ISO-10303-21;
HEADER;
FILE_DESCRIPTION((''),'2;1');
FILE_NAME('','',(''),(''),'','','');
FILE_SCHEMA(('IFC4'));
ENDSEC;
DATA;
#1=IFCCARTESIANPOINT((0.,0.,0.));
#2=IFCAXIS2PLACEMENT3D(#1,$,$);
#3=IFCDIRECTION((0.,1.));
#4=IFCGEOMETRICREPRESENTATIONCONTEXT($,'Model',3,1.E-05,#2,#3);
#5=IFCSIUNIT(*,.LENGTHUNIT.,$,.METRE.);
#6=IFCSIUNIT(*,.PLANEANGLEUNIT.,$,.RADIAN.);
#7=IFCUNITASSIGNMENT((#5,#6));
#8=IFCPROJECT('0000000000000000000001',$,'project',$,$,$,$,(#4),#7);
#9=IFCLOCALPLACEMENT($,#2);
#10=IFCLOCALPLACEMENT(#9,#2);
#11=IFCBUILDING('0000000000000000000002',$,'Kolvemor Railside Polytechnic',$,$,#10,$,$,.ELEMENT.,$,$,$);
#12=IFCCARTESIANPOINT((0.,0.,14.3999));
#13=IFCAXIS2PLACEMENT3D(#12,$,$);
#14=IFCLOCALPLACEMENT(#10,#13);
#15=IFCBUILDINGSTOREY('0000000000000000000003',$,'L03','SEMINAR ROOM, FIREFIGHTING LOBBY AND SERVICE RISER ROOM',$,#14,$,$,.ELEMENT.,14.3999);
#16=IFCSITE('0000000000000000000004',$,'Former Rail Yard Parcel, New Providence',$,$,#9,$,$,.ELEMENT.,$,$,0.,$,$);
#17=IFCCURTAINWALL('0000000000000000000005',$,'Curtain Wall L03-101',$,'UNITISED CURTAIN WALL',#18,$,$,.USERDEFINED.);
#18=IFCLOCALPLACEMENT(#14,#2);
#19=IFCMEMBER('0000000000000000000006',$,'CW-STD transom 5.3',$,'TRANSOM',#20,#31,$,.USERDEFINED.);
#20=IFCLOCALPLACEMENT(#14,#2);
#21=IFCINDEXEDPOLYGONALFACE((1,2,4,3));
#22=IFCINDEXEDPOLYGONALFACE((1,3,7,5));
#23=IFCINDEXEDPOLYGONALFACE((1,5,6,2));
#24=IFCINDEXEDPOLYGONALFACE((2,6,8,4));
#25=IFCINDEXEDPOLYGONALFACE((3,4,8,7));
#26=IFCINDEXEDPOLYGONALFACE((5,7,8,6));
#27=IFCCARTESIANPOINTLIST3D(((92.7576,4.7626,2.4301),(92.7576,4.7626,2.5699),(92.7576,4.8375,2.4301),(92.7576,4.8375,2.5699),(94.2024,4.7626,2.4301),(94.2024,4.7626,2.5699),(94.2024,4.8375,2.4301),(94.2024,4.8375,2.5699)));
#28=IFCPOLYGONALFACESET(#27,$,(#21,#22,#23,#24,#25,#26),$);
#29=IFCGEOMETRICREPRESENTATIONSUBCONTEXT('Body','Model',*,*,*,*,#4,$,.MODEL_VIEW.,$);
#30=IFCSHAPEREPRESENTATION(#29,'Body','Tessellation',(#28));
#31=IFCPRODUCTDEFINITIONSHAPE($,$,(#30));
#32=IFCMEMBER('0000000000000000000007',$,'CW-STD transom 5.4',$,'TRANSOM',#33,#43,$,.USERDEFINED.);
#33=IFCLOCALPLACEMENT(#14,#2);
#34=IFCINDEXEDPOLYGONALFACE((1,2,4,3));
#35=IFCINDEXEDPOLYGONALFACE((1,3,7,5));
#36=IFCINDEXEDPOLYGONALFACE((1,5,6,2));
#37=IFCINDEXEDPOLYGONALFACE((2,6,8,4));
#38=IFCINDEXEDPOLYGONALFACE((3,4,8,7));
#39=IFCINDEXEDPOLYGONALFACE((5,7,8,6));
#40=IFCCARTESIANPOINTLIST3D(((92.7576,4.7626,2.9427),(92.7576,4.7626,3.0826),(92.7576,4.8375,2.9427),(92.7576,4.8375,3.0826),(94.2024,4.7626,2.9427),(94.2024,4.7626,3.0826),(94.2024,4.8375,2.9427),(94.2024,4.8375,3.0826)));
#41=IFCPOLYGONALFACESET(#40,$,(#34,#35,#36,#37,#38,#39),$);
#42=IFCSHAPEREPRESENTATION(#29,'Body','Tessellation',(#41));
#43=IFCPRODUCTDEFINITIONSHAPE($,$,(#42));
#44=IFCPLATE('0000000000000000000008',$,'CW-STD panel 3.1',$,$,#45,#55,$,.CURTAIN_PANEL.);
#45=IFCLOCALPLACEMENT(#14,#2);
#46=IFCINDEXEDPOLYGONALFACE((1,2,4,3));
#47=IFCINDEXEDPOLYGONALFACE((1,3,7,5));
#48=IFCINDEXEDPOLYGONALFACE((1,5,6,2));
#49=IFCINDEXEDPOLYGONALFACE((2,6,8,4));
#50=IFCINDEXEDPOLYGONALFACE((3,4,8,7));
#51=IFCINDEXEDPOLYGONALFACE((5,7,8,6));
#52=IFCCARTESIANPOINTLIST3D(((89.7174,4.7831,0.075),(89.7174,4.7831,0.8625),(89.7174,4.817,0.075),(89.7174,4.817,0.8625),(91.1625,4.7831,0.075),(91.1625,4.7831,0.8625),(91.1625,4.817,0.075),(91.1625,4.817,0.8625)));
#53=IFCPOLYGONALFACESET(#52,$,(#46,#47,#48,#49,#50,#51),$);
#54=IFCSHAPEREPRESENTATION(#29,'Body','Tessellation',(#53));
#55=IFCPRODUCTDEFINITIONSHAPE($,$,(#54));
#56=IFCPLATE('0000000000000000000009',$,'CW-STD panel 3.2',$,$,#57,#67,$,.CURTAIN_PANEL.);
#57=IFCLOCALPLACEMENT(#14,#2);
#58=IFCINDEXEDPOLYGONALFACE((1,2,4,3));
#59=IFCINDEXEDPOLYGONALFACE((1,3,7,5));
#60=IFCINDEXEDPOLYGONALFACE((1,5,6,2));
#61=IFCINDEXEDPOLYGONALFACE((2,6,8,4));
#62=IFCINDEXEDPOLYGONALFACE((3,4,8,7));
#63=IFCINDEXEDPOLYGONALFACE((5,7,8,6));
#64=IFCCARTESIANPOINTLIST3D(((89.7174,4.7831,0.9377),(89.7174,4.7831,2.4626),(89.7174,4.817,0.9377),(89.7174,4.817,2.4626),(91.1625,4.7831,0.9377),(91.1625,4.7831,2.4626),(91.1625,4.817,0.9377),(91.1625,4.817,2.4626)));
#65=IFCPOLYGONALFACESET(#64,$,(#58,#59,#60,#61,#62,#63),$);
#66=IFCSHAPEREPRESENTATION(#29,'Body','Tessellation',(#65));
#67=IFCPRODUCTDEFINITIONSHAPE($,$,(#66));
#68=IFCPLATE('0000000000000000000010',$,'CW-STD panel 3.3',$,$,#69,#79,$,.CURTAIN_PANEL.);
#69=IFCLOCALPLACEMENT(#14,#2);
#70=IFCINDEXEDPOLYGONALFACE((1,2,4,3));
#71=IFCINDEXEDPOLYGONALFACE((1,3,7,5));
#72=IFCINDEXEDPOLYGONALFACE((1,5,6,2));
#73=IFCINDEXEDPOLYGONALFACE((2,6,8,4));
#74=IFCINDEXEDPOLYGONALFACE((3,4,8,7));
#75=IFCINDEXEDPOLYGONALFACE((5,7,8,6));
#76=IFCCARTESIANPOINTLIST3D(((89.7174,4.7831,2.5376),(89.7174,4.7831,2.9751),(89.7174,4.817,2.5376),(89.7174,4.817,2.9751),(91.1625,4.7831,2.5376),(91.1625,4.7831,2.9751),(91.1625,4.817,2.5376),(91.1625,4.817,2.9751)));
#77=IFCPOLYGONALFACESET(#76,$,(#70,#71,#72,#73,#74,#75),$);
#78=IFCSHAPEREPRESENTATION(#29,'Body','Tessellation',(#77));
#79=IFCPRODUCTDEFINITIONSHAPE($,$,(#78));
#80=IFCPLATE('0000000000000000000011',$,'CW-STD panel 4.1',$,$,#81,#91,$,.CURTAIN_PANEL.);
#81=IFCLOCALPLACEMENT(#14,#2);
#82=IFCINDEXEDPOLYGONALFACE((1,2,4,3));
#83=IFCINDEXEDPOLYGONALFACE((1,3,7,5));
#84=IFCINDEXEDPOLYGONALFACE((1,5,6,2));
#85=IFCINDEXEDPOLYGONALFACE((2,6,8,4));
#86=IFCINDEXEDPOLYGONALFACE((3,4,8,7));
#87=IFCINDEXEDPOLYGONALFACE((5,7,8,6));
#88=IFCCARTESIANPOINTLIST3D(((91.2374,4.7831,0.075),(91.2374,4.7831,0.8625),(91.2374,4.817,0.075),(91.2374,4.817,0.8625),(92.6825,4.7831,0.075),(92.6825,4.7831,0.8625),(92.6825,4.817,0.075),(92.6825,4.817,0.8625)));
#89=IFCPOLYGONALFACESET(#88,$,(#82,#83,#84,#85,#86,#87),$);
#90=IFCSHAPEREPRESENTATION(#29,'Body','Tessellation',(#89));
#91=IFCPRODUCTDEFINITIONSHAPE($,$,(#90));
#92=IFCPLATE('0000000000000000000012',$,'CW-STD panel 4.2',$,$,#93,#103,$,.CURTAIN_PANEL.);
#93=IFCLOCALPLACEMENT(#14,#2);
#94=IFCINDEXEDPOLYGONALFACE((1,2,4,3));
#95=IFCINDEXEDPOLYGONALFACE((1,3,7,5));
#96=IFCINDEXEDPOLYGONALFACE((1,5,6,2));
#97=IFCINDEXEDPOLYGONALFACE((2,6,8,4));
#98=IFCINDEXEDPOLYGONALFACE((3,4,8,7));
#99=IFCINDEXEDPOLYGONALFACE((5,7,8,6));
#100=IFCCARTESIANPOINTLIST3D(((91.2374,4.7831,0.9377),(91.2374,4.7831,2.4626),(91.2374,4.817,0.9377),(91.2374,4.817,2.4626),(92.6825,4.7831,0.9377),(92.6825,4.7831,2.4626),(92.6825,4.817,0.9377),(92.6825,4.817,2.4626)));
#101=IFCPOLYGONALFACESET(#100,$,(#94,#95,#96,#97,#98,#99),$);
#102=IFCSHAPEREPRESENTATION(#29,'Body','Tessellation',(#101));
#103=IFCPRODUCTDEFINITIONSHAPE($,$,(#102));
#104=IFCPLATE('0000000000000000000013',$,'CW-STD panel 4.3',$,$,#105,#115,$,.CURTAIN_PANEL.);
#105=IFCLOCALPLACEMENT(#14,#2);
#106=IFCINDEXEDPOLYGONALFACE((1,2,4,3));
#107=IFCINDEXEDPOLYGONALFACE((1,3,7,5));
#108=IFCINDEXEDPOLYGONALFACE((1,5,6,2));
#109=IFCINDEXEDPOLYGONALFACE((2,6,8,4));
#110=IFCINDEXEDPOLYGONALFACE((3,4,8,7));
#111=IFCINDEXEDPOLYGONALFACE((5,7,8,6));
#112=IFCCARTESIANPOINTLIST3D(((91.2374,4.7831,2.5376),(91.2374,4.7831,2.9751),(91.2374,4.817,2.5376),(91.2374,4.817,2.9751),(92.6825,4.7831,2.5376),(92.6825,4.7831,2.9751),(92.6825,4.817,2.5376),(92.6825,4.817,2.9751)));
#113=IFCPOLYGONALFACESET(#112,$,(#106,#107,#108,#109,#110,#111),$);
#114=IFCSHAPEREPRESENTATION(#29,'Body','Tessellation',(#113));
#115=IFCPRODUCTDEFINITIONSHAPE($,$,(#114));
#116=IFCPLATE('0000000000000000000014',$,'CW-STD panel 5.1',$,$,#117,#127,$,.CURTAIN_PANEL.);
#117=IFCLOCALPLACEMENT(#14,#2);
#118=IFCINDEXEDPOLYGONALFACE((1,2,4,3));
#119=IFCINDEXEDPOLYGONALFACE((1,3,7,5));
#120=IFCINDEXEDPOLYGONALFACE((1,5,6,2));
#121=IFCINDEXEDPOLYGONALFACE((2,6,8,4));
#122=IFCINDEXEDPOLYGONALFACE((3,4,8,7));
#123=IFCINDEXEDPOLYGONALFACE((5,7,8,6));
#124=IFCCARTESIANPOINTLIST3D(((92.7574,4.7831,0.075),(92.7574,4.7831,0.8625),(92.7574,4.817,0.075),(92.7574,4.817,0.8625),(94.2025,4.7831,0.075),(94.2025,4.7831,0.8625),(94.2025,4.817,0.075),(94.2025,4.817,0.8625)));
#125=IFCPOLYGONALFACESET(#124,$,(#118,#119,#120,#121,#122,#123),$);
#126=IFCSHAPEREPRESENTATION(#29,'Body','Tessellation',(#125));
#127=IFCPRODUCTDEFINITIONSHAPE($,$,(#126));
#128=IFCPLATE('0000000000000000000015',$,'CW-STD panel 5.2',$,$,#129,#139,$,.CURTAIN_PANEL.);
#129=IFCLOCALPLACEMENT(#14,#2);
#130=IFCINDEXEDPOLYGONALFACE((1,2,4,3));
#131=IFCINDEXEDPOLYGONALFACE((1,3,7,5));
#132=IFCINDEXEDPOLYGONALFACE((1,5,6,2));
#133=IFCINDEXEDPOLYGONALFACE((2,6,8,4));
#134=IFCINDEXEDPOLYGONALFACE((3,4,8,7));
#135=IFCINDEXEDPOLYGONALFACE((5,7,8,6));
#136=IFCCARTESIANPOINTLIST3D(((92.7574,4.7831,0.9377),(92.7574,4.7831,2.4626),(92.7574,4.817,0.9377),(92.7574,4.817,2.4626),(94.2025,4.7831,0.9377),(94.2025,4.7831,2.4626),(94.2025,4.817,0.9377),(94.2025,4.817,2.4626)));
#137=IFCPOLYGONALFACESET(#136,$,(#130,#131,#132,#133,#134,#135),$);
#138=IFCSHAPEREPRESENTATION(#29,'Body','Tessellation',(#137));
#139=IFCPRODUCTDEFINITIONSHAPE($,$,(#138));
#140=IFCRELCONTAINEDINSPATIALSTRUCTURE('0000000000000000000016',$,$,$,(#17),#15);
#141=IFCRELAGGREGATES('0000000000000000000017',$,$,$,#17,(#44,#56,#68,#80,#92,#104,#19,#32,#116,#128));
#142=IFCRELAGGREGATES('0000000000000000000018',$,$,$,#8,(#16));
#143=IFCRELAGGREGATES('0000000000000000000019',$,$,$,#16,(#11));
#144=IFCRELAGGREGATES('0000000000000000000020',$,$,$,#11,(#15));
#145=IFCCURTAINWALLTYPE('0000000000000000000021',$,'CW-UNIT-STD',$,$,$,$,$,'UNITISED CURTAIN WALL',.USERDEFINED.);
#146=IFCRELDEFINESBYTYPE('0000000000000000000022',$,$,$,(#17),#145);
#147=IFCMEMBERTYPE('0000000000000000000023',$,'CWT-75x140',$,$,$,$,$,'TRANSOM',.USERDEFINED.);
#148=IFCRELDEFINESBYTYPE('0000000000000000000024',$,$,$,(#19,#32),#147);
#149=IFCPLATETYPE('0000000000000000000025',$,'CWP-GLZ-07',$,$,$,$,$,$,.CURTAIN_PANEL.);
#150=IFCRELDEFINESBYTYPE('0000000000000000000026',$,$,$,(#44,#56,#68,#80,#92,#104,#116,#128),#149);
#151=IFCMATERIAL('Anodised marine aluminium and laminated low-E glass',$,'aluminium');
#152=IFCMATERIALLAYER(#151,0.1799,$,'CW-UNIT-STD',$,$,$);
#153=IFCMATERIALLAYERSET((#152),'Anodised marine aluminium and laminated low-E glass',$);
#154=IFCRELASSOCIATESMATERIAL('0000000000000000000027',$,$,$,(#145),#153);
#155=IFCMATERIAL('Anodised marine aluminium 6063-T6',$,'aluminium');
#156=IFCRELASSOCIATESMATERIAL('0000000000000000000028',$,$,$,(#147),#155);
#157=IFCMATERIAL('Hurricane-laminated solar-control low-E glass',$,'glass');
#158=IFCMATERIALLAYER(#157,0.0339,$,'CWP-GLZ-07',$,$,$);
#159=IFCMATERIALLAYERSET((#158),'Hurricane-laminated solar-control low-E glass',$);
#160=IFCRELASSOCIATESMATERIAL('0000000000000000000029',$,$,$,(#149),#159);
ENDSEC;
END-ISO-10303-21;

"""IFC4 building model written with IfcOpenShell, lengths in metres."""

from ifc_helpers import new_model, si_unit, direction, frame, origin, origin_2d, place, context, subcontext, project, spatial, rectangle, extrude, material, layer, layer_set, material_profile, profile_set, type_object, element, aggregate, save


model = new_model("IFC4")

# Units and contexts
model_context = context("Model", 3, precision=1e-05, world=origin(), true_north=direction((0.0, 1.0)))
body_context = subcontext(model_context, "Body", "Model", "MODEL_VIEW")
ifc_project = project(units=[si_unit("LENGTHUNIT", "METRE"), si_unit("PLANEANGLEUNIT", "RADIAN")], contexts=[model_context])

# Site, building, storey
site_placement = place(None, origin())
site = spatial("IfcSite", under=ifc_project, at=site_placement, Name="Former Rail Yard Parcel, New Providence", CompositionType="ELEMENT", RefElevation=0.0)
building_placement = place(site_placement, origin())
building = spatial("IfcBuilding", under=site, at=building_placement, Name="Kolvemor Railside Polytechnic", CompositionType="ELEMENT")
storey_placement = place(building_placement, frame((0.0, 0.0, 14.3999)))
storey = spatial("IfcBuildingStorey", under=building, at=storey_placement, Name="L03", Description="SEMINAR ROOM, FIREFIGHTING LOBBY AND SERVICE RISER ROOM", CompositionType="ELEMENT", Elevation=14.3999)

# Curtain wall, members, plates
ifc_material_1 = material(Name="Anodised marine aluminium and laminated low-E glass", Category="aluminium")
ifc_layer_1 = layer(ifc_material_1, 0.1799, Name="CW-UNIT-STD")
ifc_layer_set_1 = layer_set([ifc_layer_1], Name="Anodised marine aluminium and laminated low-E glass")
curtain_wall_type = type_object("IfcCurtainWallType", Name="CW-UNIT-STD", ElementType="UNITISED CURTAIN WALL", PredefinedType="USERDEFINED", material=ifc_layer_set_1)
curtain_wall_placement = place(storey_placement, origin())
curtain_wall = element("IfcCurtainWall", 1, at=curtain_wall_placement, inside=storey, type_object=curtain_wall_type, Name="Curtain Wall L03-101", ObjectType="UNITISED CURTAIN WALL", PredefinedType="USERDEFINED")
ifc_material_2 = material(Name="Anodised marine aluminium 6063-T6", Category="aluminium")
ifc_material_profile_1 = material_profile(ifc_material_2, rectangle(XDim=0.075, YDim=0.1399, at=origin_2d()), Name="CW-TRN-75x140")
ifc_profile_set_1 = profile_set([ifc_material_profile_1], Name="Anodised marine aluminium 6063-T6")
member_type_1 = type_object("IfcMemberType", Name="CWT-75x140", ElementType="TRANSOM", PredefinedType="USERDEFINED", material=ifc_profile_set_1)
member_1_placement = place(storey_placement, frame((92.7576, 4.8, 2.5), z_axis=(1.0, 0.0, 0.0), x_axis=(0.0, 1.0, 0.0)))
member_1 = element("IfcMember", 2, at=member_1_placement, type_object=member_type_1, Name="CW-STD transom 5.3", ObjectType="TRANSOM", PredefinedType="USERDEFINED", context=body_context, shape_type="SweptSolid", body=[
    extrude(rectangle(XDim=0.075, YDim=0.1399, at=origin_2d()), origin(), (0.0, 0.0, 1.0), 1.4448),
])
member_2_placement = place(storey_placement, frame((92.7576, 4.8, 3.0127), z_axis=(1.0, 0.0, 0.0), x_axis=(0.0, 1.0, 0.0)))
member_2 = element("IfcMember", 3, at=member_2_placement, type_object=member_type_1, Name="CW-STD transom 5.4", ObjectType="TRANSOM", PredefinedType="USERDEFINED", context=body_context, shape_type="SweptSolid", body=[
    extrude(rectangle(XDim=0.075, YDim=0.1399, at=origin_2d()), origin(), (0.0, 0.0, 1.0), 1.4448),
])
ifc_material_3 = material(Name="Hurricane-laminated solar-control low-E glass", Category="glass")
ifc_layer_2 = layer(ifc_material_3, 0.0339, Name="CWP-GLZ-07")
ifc_layer_set_2 = layer_set([ifc_layer_2], Name="Hurricane-laminated solar-control low-E glass")
plate_type = type_object("IfcPlateType", Name="CWP-GLZ-07", PredefinedType="CURTAIN_PANEL", material=ifc_layer_set_2)
plate_1_placement = place(storey_placement, frame((90.4399, 4.8, 0.075), z_axis=(0.0, 0.0, 1.0), x_axis=(1.0, 0.0, 0.0)))
plate_1 = element("IfcPlate", 4, at=plate_1_placement, type_object=plate_type, Name="CW-STD panel 3.1", PredefinedType="CURTAIN_PANEL", context=body_context, shape_type="SweptSolid", body=[
    extrude(rectangle(XDim=1.4451, YDim=0.0339, at=origin_2d()), origin(), (0.0, 0.0, 1.0), 0.7876),
])
plate_2_placement = place(storey_placement, frame((90.4399, 4.8, 0.9377), z_axis=(0.0, 0.0, 1.0), x_axis=(1.0, 0.0, 0.0)))
plate_2 = element("IfcPlate", 5, at=plate_2_placement, type_object=plate_type, Name="CW-STD panel 3.2", PredefinedType="CURTAIN_PANEL", context=body_context, shape_type="SweptSolid", body=[
    extrude(rectangle(XDim=1.4451, YDim=0.0339, at=origin_2d()), origin(), (0.0, 0.0, 1.0), 1.5249),
])
plate_3_placement = place(storey_placement, frame((90.4399, 4.8, 2.5376), z_axis=(0.0, 0.0, 1.0), x_axis=(1.0, 0.0, 0.0)))
plate_3 = element("IfcPlate", 6, at=plate_3_placement, type_object=plate_type, Name="CW-STD panel 3.3", PredefinedType="CURTAIN_PANEL", context=body_context, shape_type="SweptSolid", body=[
    extrude(rectangle(XDim=1.4451, YDim=0.0339, at=origin_2d()), origin(), (0.0, 0.0, 1.0), 0.4375),
])
plate_4_placement = place(storey_placement, frame((91.96, 4.8, 0.075), z_axis=(0.0, 0.0, 1.0), x_axis=(1.0, 0.0, 0.0)))
plate_4 = element("IfcPlate", 7, at=plate_4_placement, type_object=plate_type, Name="CW-STD panel 4.1", PredefinedType="CURTAIN_PANEL", context=body_context, shape_type="SweptSolid", body=[
    extrude(rectangle(XDim=1.4451, YDim=0.0339, at=origin_2d()), origin(), (0.0, 0.0, 1.0), 0.7876),
])
plate_5_placement = place(storey_placement, frame((91.96, 4.8, 0.9377), z_axis=(0.0, 0.0, 1.0), x_axis=(1.0, 0.0, 0.0)))
plate_5 = element("IfcPlate", 8, at=plate_5_placement, type_object=plate_type, Name="CW-STD panel 4.2", PredefinedType="CURTAIN_PANEL", context=body_context, shape_type="SweptSolid", body=[
    extrude(rectangle(XDim=1.4451, YDim=0.0339, at=origin_2d()), origin(), (0.0, 0.0, 1.0), 1.5249),
])
plate_6_placement = place(storey_placement, frame((91.96, 4.8, 2.5376), z_axis=(0.0, 0.0, 1.0), x_axis=(1.0, 0.0, 0.0)))
plate_6 = element("IfcPlate", 9, at=plate_6_placement, type_object=plate_type, Name="CW-STD panel 4.3", PredefinedType="CURTAIN_PANEL", context=body_context, shape_type="SweptSolid", body=[
    extrude(rectangle(XDim=1.4451, YDim=0.0339, at=origin_2d()), origin(), (0.0, 0.0, 1.0), 0.4375),
])
plate_7_placement = place(storey_placement, frame((93.48, 4.8, 0.075), z_axis=(0.0, 0.0, 1.0), x_axis=(1.0, 0.0, 0.0)))
plate_7 = element("IfcPlate", 10, at=plate_7_placement, type_object=plate_type, Name="CW-STD panel 5.1", PredefinedType="CURTAIN_PANEL", context=body_context, shape_type="SweptSolid", body=[
    extrude(rectangle(XDim=1.4451, YDim=0.0339, at=origin_2d()), origin(), (0.0, 0.0, 1.0), 0.7876),
])
plate_8_placement = place(storey_placement, frame((93.48, 4.8, 0.9377), z_axis=(0.0, 0.0, 1.0), x_axis=(1.0, 0.0, 0.0)))
plate_8 = element("IfcPlate", 11, at=plate_8_placement, type_object=plate_type, Name="CW-STD panel 5.2", PredefinedType="CURTAIN_PANEL", context=body_context, shape_type="SweptSolid", body=[
    extrude(rectangle(XDim=1.4451, YDim=0.0339, at=origin_2d()), origin(), (0.0, 0.0, 1.0), 1.5249),
])
aggregate(curtain_wall, [plate_1, plate_2, plate_3, plate_4, plate_5, plate_6, member_1, member_2, plate_7, plate_8])

save(model, "model.ifc")
